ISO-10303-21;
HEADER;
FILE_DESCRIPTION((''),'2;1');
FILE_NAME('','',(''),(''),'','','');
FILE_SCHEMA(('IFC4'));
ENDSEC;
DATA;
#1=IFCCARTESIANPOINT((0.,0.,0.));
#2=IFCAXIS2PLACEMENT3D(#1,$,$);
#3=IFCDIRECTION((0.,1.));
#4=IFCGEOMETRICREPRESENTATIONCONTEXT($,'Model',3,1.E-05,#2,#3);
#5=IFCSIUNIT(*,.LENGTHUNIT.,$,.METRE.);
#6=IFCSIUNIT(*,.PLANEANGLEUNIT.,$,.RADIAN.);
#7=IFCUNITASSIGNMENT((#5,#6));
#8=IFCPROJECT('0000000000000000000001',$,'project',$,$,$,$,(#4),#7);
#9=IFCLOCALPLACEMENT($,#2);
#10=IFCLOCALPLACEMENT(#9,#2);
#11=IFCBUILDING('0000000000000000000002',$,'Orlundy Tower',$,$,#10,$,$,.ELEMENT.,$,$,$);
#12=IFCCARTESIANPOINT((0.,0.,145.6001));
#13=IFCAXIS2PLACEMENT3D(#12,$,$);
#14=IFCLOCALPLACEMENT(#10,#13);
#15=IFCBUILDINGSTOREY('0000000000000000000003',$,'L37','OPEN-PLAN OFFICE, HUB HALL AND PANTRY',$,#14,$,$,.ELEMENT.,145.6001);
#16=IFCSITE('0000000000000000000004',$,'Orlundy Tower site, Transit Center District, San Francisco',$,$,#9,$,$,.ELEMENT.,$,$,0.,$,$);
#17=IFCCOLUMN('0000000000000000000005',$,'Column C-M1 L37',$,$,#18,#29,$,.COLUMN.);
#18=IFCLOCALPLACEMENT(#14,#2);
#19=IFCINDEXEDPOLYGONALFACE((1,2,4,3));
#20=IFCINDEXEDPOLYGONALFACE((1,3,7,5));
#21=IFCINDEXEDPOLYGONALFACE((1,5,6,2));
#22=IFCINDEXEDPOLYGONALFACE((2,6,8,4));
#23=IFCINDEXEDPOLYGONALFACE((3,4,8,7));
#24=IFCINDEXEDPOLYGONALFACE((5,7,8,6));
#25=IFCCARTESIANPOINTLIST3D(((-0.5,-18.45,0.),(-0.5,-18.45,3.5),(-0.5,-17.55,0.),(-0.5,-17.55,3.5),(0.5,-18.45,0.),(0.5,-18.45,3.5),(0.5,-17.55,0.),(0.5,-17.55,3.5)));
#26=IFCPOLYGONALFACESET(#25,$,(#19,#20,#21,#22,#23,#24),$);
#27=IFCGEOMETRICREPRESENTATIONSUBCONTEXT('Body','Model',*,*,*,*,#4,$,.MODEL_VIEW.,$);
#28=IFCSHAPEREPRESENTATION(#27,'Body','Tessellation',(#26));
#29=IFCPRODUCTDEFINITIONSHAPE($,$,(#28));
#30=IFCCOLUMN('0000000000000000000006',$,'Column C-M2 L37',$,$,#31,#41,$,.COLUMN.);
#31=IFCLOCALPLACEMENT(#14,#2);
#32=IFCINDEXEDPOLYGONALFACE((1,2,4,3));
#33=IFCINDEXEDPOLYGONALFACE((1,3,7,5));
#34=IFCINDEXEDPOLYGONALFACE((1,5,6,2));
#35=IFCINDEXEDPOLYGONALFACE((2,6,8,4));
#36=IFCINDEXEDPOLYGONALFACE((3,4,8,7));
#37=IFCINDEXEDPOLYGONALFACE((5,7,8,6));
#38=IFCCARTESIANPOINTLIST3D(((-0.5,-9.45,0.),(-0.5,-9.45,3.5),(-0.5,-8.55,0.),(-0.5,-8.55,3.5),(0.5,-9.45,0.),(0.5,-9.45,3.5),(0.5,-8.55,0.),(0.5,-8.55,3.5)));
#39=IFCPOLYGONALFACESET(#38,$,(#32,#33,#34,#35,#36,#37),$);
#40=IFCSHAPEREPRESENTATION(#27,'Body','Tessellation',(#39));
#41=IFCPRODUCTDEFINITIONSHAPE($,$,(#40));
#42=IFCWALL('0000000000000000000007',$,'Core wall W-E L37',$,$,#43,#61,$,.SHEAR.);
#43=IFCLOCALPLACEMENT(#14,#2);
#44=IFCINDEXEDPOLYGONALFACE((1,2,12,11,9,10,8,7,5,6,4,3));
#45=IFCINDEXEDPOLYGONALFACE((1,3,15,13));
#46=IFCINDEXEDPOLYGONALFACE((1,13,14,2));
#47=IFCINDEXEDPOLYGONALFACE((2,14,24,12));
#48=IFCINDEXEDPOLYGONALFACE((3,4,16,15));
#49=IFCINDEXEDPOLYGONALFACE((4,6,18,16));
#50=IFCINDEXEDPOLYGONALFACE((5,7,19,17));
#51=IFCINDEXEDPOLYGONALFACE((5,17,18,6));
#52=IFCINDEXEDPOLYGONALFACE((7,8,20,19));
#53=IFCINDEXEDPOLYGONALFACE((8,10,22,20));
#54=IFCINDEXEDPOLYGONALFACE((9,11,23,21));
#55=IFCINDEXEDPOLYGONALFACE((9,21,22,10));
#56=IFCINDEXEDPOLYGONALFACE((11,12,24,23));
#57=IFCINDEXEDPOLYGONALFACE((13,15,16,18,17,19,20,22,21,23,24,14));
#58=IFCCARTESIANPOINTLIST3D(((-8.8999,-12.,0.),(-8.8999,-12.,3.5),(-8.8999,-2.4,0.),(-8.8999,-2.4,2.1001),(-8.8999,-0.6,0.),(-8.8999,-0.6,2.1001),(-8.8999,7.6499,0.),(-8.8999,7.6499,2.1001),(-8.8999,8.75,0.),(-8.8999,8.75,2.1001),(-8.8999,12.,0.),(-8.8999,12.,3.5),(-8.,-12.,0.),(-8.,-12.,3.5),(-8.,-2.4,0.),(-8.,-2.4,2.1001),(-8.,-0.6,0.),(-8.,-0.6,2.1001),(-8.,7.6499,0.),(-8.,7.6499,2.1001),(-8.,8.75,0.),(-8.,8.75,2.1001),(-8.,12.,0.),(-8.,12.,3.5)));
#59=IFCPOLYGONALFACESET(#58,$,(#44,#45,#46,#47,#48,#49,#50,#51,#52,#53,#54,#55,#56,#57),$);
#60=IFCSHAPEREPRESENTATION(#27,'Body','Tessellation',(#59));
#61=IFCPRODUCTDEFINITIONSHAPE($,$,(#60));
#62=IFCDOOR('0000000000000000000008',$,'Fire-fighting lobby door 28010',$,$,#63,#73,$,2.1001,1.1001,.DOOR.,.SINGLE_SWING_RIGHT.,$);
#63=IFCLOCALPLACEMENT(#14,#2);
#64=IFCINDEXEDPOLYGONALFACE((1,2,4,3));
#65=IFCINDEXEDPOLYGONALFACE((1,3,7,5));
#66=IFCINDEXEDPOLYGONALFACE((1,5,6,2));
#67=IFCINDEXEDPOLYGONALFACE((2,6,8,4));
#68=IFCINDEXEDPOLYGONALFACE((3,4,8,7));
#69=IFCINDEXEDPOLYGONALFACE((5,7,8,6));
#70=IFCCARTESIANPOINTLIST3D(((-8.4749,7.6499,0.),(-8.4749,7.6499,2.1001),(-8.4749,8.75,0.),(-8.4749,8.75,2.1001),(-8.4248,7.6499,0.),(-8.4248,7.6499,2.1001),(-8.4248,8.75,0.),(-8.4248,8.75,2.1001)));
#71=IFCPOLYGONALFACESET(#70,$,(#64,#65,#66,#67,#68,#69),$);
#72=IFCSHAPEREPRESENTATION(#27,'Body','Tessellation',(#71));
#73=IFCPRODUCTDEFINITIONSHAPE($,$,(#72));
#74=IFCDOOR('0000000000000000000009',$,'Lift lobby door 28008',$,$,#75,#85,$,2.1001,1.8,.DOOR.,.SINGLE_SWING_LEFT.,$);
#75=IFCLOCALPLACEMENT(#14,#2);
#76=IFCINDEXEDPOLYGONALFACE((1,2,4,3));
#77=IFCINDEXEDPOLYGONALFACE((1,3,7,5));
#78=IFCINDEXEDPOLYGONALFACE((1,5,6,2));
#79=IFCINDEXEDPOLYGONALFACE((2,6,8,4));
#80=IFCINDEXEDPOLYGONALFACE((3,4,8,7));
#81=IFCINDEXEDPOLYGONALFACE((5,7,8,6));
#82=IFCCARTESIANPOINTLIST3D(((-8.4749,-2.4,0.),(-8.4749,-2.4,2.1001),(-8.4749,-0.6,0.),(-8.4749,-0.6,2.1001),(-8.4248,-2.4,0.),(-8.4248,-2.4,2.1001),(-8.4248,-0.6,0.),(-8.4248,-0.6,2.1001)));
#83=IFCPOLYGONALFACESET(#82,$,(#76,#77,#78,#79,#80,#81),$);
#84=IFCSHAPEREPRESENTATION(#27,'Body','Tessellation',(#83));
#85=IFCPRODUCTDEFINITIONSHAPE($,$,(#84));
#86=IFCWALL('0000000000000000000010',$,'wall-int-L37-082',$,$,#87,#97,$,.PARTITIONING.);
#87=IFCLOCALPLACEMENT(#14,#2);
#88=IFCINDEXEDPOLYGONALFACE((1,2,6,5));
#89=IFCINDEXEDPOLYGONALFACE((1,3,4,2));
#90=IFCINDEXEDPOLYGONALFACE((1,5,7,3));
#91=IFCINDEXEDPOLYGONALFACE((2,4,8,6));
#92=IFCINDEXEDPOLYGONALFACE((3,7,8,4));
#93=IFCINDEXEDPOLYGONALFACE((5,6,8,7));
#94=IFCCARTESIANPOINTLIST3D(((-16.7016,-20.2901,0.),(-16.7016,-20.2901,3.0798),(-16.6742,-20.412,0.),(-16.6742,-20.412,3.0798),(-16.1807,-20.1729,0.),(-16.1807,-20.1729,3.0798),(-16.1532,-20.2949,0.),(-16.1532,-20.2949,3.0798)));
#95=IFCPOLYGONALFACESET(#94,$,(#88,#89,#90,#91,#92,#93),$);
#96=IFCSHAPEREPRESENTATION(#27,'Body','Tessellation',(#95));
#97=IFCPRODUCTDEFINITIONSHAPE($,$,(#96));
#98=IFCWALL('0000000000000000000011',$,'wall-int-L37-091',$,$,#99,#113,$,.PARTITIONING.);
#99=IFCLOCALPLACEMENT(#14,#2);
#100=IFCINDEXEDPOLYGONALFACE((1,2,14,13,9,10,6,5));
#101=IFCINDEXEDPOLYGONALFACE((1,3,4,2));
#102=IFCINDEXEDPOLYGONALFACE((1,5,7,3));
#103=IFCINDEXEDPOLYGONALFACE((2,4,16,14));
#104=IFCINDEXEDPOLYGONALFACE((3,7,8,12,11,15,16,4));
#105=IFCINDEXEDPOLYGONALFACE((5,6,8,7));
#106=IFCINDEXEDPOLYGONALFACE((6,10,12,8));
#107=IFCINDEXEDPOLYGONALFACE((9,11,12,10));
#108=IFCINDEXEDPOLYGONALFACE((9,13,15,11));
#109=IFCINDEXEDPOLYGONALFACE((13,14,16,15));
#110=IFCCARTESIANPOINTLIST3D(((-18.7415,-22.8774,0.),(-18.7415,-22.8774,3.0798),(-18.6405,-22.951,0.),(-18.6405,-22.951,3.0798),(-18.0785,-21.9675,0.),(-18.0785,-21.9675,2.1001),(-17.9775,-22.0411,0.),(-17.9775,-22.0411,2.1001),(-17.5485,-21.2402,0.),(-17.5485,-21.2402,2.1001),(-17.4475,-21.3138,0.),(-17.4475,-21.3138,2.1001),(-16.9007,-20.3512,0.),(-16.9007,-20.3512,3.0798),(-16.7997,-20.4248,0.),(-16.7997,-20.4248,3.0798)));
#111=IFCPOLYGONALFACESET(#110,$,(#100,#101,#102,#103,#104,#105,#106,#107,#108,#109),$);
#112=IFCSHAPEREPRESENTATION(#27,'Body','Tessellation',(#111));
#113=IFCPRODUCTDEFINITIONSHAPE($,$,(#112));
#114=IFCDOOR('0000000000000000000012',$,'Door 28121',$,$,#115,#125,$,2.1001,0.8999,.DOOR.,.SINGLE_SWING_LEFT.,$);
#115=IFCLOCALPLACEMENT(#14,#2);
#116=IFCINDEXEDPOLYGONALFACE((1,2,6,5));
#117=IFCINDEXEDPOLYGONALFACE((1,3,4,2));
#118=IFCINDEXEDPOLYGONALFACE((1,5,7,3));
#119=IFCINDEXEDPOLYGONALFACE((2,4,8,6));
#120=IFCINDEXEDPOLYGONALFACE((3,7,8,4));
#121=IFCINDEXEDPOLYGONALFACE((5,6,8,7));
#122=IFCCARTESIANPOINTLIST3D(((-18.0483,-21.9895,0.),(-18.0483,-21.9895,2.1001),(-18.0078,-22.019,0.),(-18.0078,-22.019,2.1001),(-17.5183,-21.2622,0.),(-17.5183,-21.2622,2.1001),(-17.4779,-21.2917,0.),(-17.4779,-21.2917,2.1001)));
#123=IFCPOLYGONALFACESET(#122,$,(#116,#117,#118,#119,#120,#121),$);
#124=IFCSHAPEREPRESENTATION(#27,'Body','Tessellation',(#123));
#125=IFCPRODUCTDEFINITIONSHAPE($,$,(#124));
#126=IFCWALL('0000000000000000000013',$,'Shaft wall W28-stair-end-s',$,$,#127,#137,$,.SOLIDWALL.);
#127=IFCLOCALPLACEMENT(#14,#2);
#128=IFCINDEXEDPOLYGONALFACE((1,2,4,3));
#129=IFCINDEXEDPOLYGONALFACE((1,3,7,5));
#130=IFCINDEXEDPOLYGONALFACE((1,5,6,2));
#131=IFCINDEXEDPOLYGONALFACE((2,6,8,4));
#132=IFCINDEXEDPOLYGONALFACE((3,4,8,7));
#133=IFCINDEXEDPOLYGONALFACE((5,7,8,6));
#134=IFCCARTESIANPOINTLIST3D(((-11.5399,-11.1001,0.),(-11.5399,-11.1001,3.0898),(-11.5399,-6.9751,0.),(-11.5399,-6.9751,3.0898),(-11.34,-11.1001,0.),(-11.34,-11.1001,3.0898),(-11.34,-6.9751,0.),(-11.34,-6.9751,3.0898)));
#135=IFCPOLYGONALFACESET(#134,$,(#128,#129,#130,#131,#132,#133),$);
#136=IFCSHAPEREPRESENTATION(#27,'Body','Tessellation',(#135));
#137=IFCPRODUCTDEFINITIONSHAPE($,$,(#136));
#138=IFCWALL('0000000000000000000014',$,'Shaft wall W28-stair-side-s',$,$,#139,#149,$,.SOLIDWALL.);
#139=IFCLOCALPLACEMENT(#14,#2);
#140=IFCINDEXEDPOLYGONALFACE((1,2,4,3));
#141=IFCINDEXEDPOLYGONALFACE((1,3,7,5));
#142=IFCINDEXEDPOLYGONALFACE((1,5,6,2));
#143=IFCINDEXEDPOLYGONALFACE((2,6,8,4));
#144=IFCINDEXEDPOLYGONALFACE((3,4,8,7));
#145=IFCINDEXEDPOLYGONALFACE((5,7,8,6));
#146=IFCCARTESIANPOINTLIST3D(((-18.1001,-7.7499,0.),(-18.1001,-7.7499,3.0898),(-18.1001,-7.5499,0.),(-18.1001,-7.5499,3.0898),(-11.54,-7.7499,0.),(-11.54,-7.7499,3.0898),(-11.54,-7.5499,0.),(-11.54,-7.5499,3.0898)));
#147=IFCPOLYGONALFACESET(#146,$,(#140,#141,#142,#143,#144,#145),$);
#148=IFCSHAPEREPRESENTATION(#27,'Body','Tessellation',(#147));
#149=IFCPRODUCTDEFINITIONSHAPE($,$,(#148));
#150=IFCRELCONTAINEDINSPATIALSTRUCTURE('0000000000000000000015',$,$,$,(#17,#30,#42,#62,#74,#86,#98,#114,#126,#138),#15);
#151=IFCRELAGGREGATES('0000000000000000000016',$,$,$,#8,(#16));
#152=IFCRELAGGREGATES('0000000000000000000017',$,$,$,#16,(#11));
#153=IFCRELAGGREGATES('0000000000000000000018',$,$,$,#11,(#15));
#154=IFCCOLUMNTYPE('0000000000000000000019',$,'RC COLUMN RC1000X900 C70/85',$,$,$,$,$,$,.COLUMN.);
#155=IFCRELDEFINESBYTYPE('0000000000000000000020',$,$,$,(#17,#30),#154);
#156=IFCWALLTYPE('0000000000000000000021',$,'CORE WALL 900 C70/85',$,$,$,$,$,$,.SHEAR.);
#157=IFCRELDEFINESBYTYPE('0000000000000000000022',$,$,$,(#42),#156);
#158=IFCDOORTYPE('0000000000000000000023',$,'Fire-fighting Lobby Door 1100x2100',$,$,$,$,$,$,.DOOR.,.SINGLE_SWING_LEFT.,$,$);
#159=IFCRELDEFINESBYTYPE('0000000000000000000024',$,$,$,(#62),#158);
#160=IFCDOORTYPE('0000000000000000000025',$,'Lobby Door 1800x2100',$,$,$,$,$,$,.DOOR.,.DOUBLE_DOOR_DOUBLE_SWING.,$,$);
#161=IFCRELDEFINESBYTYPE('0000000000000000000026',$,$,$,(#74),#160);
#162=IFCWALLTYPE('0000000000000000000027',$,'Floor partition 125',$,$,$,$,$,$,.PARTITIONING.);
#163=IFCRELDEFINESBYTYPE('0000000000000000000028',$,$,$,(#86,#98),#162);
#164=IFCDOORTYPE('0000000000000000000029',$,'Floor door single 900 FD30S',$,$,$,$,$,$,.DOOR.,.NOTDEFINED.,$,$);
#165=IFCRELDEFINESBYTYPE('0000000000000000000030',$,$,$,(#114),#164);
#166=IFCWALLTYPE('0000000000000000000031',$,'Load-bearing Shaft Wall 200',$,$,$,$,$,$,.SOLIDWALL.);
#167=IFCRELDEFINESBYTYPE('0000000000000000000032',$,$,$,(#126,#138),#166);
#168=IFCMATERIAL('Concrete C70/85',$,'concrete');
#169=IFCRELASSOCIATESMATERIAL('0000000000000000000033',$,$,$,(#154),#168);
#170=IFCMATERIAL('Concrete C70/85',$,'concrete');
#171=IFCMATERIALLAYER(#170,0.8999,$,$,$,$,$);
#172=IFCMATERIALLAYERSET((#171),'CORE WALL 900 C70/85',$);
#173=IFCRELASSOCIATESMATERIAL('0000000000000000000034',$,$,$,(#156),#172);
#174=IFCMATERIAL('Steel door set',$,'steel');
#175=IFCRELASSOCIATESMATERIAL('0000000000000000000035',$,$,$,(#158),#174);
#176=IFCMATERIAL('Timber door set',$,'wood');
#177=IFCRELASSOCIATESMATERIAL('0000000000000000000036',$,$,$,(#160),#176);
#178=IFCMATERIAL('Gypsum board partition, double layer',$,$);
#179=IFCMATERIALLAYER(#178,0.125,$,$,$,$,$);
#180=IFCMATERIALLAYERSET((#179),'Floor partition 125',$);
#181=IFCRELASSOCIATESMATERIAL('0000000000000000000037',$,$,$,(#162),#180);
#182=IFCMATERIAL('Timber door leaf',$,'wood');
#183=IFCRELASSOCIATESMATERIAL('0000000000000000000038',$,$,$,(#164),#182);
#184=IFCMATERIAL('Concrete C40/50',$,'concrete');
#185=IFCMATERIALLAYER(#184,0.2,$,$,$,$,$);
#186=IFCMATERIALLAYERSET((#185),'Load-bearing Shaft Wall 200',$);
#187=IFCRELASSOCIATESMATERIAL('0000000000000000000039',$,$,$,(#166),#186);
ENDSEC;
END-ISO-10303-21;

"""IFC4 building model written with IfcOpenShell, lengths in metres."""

from ifc_helpers import new_model, si_unit, direction, frame, frame_2d, origin, origin_2d, place, context, subcontext, project, spatial, rectangle, extrude, material, layer, layer_set, material_profile, profile_set, type_object, element, fill, save


model = new_model("IFC4")

# Units and contexts
model_context = context("Model", 3, precision=1e-05, world=origin(), true_north=direction((0.0, 1.0)))
body_context = subcontext(model_context, "Body", "Model", "MODEL_VIEW")
ifc_project = project(units=[si_unit("LENGTHUNIT", "METRE"), si_unit("PLANEANGLEUNIT", "RADIAN")], contexts=[model_context])

# Site, building, storey
site_placement = place(None, origin())
site = spatial("IfcSite", under=ifc_project, at=site_placement, Name="Orlundy Tower site, Transit Center District, San Francisco", CompositionType="ELEMENT", RefElevation=0.0)
building_placement = place(site_placement, origin())
building = spatial("IfcBuilding", under=site, at=building_placement, Name="Orlundy Tower", CompositionType="ELEMENT")
storey_placement = place(building_placement, frame((0.0, 0.0, 145.6001)))
storey = spatial("IfcBuildingStorey", under=building, at=storey_placement, Name="L37", Description="OPEN-PLAN OFFICE, HUB HALL AND PANTRY", CompositionType="ELEMENT", Elevation=145.6001)

# Columns
ifc_material_1 = material(Name="Concrete C70/85", Category="concrete")
ifc_material_profile = material_profile(ifc_material_1, rectangle(XDim=1.0, YDim=0.8999, at=origin_2d()), Name="RC1000X900")
ifc_profile_set = profile_set([ifc_material_profile], Name="Concrete C70/85")
column_type = type_object("IfcColumnType", Name="RC COLUMN RC1000X900 C70/85", PredefinedType="COLUMN", material=ifc_profile_set)
for number, where, z_axis, x_axis, name in (
    (1, (0.0, -18.0, 0.0), (0.0, 0.0, 1.0), (1.0, 0.0, 0.0), "Column C-M1 L37"),
    (2, (0.0, -9.0, 0.0), (0.0, 0.0, 1.0), (1.0, 0.0, 0.0), "Column C-M2 L37"),
):
    element("IfcColumn", number, at=place(storey_placement, frame(where, z_axis=z_axis, x_axis=x_axis)), inside=storey, type_object=column_type, Name=name, PredefinedType="COLUMN", context=body_context, shape_type="SweptSolid", body=[
        extrude(rectangle(XDim=1.0, YDim=0.8999, at=origin_2d()), origin(), (0.0, 0.0, 1.0), 3.5),
    ])

# Wall, openings, doors
ifc_material_2 = material(Name="Concrete C70/85", Category="concrete")
ifc_layer_1 = layer(ifc_material_2, 0.8999)
ifc_layer_set_1 = layer_set([ifc_layer_1], Name="CORE WALL 900 C70/85")
wall_type_1 = type_object("IfcWallType", Name="CORE WALL 900 C70/85", PredefinedType="SHEAR", material=ifc_layer_set_1)
wall_1_placement = place(storey_placement, frame((-8.45, -12.0, 0.0), z_axis=(0.0, 0.0, 1.0), x_axis=(0.0, 1.0, 0.0)))
wall_1 = element("IfcWall", 3, at=wall_1_placement, inside=storey, type_object=wall_type_1, Name="Core wall W-E L37", PredefinedType="SHEAR", context=body_context, shape_type="SweptSolid", body=[
    extrude(rectangle(XDim=24.0, YDim=0.8999, at=frame_2d((12.0, 0.0))), origin(), (0.0, 0.0, 1.0), 3.5),
])
opening_1_placement = place(wall_1_placement, frame((9.6001, 0.0, 0.0)))
opening_1 = element("IfcOpeningElement", 4, at=opening_1_placement, cuts=wall_1, PredefinedType="OPENING", context=body_context, shape_type="SweptSolid", body=[
    extrude(rectangle(XDim=1.8, YDim=2.1001, at=frame_2d((0.8999, 1.05))), frame((0.0, 0.46, 0.0), z_axis=(0.0, -1.0, 0.0), x_axis=(1.0, 0.0, 0.0)), (0.0, 0.0, 1.0), 0.9199),
])
opening_2_placement = place(wall_1_placement, frame((19.6499, 0.0, 0.0)))
opening_2 = element("IfcOpeningElement", 5, at=opening_2_placement, cuts=wall_1, PredefinedType="OPENING", context=body_context, shape_type="SweptSolid", body=[
    extrude(rectangle(XDim=1.1001, YDim=2.1001, at=frame_2d((0.55, 1.05))), frame((0.0, 0.46, 0.0), z_axis=(0.0, -1.0, 0.0), x_axis=(1.0, 0.0, 0.0)), (0.0, 0.0, 1.0), 0.9199),
])
ifc_material_3 = material(Name="Steel door set", Category="steel")
door_type_1 = type_object("IfcDoorType", Name="Fire-fighting Lobby Door 1100x2100", OperationType="SINGLE_SWING_LEFT", PredefinedType="DOOR", material=ifc_material_3)
door_1_placement = place(opening_2_placement, origin())
door_1 = element("IfcDoor", 6, at=door_1_placement, inside=storey, type_object=door_type_1, Name="Fire-fighting lobby door 28010", OperationType="SINGLE_SWING_RIGHT", OverallHeight=2.1001, OverallWidth=1.1001, PredefinedType="DOOR", context=body_context, shape_type="SweptSolid", body=[
    extrude(rectangle(XDim=1.1001, YDim=2.1001, at=frame_2d((0.55, 1.05))), frame((0.0, 0.0249, 0.0), z_axis=(0.0, -1.0, 0.0), x_axis=(1.0, 0.0, 0.0)), (0.0, 0.0, 1.0), 0.05),
])
fill(opening_2, door_1)
ifc_material_4 = material(Name="Timber door set", Category="wood")
door_type_2 = type_object("IfcDoorType", Name="Lobby Door 1800x2100", OperationType="DOUBLE_DOOR_DOUBLE_SWING", PredefinedType="DOOR", material=ifc_material_4)
door_2_placement = place(opening_1_placement, origin())
door_2 = element("IfcDoor", 7, at=door_2_placement, inside=storey, type_object=door_type_2, Name="Lift lobby door 28008", OperationType="SINGLE_SWING_LEFT", OverallHeight=2.1001, OverallWidth=1.8, PredefinedType="DOOR", context=body_context, shape_type="SweptSolid", body=[
    extrude(rectangle(XDim=1.8, YDim=2.1001, at=frame_2d((0.8999, 1.05))), frame((0.0, 0.0249, 0.0), z_axis=(0.0, -1.0, 0.0), x_axis=(1.0, 0.0, 0.0)), (0.0, 0.0, 1.0), 0.05),
])
fill(opening_1, door_2)

# Wall
ifc_material_5 = material(Name="Gypsum board partition, double layer")
ifc_layer_2 = layer(ifc_material_5, 0.125)
ifc_layer_set_2 = layer_set([ifc_layer_2], Name="Floor partition 125")
wall_type_2 = type_object("IfcWallType", Name="Floor partition 125", PredefinedType="PARTITIONING", material=ifc_layer_set_2)
wall_2_placement = place(storey_placement, frame((-16.688, -20.3511, 0.0), z_axis=(0.0, 0.0, 1.0), x_axis=(0.975624, 0.219447, 0.0)))
element("IfcWall", 8, at=wall_2_placement, inside=storey, type_object=wall_type_2, Name="wall-int-L37-082", PredefinedType="PARTITIONING", context=body_context, shape_type="SweptSolid", body=[
    extrude(rectangle(XDim=0.5339, YDim=0.125, at=frame_2d((0.2671, 0.0))), origin(), (0.0, 0.0, 1.0), 3.0798),
])

# Wall, opening, door
wall_3_placement = place(storey_placement, frame((-16.8501, -20.3879, 0.0), z_axis=(0.0, 0.0, 1.0), x_axis=(-0.588933, -0.808182, 0.0)))
wall_3 = element("IfcWall", 9, at=wall_3_placement, inside=storey, type_object=wall_type_2, Name="wall-int-L37-091", PredefinedType="PARTITIONING", context=body_context, shape_type="SweptSolid", body=[
    extrude(rectangle(XDim=3.1257, YDim=0.125, at=frame_2d((1.563, 0.0))), origin(), (0.0, 0.0, 1.0), 3.0798),
])
opening_3_placement = place(wall_3_placement, frame((1.1001, 0.0, 0.0)))
opening_3 = element("IfcOpeningElement", 10, at=opening_3_placement, cuts=wall_3, PredefinedType="OPENING", context=body_context, shape_type="SweptSolid", body=[
    extrude(rectangle(XDim=0.8999, YDim=2.1001, at=frame_2d((0.45, 1.05))), frame((0.0, 0.0725, 0.0), z_axis=(0.0, -1.0, 0.0), x_axis=(1.0, 0.0, 0.0)), (0.0, 0.0, 1.0), 0.145),
])
ifc_material_6 = material(Name="Timber door leaf", Category="wood")
door_type_3 = type_object("IfcDoorType", Name="Floor door single 900 FD30S", OperationType="NOTDEFINED", PredefinedType="DOOR", material=ifc_material_6)
door_3_placement = place(opening_3_placement, origin())
door_3 = element("IfcDoor", 11, at=door_3_placement, inside=storey, type_object=door_type_3, Name="Door 28121", OperationType="SINGLE_SWING_LEFT", OverallHeight=2.1001, OverallWidth=0.8999, PredefinedType="DOOR", context=body_context, shape_type="SweptSolid", body=[
    extrude(rectangle(XDim=0.8999, YDim=2.1001, at=frame_2d((0.45, 1.05))), frame((0.0, 0.0249, 0.0), z_axis=(0.0, -1.0, 0.0), x_axis=(1.0, 0.0, 0.0)), (0.0, 0.0, 1.0), 0.05),
])
fill(opening_3, door_3)

# Walls
ifc_material_7 = material(Name="Concrete C40/50", Category="concrete")
ifc_layer_3 = layer(ifc_material_7, 0.2)
ifc_layer_set_3 = layer_set([ifc_layer_3], Name="Load-bearing Shaft Wall 200")
wall_type_3 = type_object("IfcWallType", Name="Load-bearing Shaft Wall 200", PredefinedType="SOLIDWALL", material=ifc_layer_set_3)
wall_4_placement = place(storey_placement, frame((-11.4399, -11.1001, 0.0), z_axis=(0.0, 0.0, 1.0), x_axis=(0.0, 1.0, 0.0)))
element("IfcWall", 12, at=wall_4_placement, inside=storey, type_object=wall_type_3, Name="Shaft wall W28-stair-end-s", PredefinedType="SOLIDWALL", context=body_context, shape_type="SweptSolid", body=[
    extrude(rectangle(XDim=4.125, YDim=0.2, at=frame_2d((2.0625, 0.0))), origin(), (0.0, 0.0, 1.0), 3.0898),
])
wall_5_placement = place(storey_placement, frame((-11.54, -7.6499, 0.0), z_axis=(0.0, 0.0, 1.0), x_axis=(-1.0, 0.0, 0.0)))
element("IfcWall", 13, at=wall_5_placement, inside=storey, type_object=wall_type_3, Name="Shaft wall W28-stair-side-s", PredefinedType="SOLIDWALL", context=body_context, shape_type="SweptSolid", body=[
    extrude(rectangle(XDim=6.5601, YDim=0.2, at=frame_2d((3.28, 0.0))), origin(), (0.0, 0.0, 1.0), 3.0898),
])

save(model, "model.ifc")
